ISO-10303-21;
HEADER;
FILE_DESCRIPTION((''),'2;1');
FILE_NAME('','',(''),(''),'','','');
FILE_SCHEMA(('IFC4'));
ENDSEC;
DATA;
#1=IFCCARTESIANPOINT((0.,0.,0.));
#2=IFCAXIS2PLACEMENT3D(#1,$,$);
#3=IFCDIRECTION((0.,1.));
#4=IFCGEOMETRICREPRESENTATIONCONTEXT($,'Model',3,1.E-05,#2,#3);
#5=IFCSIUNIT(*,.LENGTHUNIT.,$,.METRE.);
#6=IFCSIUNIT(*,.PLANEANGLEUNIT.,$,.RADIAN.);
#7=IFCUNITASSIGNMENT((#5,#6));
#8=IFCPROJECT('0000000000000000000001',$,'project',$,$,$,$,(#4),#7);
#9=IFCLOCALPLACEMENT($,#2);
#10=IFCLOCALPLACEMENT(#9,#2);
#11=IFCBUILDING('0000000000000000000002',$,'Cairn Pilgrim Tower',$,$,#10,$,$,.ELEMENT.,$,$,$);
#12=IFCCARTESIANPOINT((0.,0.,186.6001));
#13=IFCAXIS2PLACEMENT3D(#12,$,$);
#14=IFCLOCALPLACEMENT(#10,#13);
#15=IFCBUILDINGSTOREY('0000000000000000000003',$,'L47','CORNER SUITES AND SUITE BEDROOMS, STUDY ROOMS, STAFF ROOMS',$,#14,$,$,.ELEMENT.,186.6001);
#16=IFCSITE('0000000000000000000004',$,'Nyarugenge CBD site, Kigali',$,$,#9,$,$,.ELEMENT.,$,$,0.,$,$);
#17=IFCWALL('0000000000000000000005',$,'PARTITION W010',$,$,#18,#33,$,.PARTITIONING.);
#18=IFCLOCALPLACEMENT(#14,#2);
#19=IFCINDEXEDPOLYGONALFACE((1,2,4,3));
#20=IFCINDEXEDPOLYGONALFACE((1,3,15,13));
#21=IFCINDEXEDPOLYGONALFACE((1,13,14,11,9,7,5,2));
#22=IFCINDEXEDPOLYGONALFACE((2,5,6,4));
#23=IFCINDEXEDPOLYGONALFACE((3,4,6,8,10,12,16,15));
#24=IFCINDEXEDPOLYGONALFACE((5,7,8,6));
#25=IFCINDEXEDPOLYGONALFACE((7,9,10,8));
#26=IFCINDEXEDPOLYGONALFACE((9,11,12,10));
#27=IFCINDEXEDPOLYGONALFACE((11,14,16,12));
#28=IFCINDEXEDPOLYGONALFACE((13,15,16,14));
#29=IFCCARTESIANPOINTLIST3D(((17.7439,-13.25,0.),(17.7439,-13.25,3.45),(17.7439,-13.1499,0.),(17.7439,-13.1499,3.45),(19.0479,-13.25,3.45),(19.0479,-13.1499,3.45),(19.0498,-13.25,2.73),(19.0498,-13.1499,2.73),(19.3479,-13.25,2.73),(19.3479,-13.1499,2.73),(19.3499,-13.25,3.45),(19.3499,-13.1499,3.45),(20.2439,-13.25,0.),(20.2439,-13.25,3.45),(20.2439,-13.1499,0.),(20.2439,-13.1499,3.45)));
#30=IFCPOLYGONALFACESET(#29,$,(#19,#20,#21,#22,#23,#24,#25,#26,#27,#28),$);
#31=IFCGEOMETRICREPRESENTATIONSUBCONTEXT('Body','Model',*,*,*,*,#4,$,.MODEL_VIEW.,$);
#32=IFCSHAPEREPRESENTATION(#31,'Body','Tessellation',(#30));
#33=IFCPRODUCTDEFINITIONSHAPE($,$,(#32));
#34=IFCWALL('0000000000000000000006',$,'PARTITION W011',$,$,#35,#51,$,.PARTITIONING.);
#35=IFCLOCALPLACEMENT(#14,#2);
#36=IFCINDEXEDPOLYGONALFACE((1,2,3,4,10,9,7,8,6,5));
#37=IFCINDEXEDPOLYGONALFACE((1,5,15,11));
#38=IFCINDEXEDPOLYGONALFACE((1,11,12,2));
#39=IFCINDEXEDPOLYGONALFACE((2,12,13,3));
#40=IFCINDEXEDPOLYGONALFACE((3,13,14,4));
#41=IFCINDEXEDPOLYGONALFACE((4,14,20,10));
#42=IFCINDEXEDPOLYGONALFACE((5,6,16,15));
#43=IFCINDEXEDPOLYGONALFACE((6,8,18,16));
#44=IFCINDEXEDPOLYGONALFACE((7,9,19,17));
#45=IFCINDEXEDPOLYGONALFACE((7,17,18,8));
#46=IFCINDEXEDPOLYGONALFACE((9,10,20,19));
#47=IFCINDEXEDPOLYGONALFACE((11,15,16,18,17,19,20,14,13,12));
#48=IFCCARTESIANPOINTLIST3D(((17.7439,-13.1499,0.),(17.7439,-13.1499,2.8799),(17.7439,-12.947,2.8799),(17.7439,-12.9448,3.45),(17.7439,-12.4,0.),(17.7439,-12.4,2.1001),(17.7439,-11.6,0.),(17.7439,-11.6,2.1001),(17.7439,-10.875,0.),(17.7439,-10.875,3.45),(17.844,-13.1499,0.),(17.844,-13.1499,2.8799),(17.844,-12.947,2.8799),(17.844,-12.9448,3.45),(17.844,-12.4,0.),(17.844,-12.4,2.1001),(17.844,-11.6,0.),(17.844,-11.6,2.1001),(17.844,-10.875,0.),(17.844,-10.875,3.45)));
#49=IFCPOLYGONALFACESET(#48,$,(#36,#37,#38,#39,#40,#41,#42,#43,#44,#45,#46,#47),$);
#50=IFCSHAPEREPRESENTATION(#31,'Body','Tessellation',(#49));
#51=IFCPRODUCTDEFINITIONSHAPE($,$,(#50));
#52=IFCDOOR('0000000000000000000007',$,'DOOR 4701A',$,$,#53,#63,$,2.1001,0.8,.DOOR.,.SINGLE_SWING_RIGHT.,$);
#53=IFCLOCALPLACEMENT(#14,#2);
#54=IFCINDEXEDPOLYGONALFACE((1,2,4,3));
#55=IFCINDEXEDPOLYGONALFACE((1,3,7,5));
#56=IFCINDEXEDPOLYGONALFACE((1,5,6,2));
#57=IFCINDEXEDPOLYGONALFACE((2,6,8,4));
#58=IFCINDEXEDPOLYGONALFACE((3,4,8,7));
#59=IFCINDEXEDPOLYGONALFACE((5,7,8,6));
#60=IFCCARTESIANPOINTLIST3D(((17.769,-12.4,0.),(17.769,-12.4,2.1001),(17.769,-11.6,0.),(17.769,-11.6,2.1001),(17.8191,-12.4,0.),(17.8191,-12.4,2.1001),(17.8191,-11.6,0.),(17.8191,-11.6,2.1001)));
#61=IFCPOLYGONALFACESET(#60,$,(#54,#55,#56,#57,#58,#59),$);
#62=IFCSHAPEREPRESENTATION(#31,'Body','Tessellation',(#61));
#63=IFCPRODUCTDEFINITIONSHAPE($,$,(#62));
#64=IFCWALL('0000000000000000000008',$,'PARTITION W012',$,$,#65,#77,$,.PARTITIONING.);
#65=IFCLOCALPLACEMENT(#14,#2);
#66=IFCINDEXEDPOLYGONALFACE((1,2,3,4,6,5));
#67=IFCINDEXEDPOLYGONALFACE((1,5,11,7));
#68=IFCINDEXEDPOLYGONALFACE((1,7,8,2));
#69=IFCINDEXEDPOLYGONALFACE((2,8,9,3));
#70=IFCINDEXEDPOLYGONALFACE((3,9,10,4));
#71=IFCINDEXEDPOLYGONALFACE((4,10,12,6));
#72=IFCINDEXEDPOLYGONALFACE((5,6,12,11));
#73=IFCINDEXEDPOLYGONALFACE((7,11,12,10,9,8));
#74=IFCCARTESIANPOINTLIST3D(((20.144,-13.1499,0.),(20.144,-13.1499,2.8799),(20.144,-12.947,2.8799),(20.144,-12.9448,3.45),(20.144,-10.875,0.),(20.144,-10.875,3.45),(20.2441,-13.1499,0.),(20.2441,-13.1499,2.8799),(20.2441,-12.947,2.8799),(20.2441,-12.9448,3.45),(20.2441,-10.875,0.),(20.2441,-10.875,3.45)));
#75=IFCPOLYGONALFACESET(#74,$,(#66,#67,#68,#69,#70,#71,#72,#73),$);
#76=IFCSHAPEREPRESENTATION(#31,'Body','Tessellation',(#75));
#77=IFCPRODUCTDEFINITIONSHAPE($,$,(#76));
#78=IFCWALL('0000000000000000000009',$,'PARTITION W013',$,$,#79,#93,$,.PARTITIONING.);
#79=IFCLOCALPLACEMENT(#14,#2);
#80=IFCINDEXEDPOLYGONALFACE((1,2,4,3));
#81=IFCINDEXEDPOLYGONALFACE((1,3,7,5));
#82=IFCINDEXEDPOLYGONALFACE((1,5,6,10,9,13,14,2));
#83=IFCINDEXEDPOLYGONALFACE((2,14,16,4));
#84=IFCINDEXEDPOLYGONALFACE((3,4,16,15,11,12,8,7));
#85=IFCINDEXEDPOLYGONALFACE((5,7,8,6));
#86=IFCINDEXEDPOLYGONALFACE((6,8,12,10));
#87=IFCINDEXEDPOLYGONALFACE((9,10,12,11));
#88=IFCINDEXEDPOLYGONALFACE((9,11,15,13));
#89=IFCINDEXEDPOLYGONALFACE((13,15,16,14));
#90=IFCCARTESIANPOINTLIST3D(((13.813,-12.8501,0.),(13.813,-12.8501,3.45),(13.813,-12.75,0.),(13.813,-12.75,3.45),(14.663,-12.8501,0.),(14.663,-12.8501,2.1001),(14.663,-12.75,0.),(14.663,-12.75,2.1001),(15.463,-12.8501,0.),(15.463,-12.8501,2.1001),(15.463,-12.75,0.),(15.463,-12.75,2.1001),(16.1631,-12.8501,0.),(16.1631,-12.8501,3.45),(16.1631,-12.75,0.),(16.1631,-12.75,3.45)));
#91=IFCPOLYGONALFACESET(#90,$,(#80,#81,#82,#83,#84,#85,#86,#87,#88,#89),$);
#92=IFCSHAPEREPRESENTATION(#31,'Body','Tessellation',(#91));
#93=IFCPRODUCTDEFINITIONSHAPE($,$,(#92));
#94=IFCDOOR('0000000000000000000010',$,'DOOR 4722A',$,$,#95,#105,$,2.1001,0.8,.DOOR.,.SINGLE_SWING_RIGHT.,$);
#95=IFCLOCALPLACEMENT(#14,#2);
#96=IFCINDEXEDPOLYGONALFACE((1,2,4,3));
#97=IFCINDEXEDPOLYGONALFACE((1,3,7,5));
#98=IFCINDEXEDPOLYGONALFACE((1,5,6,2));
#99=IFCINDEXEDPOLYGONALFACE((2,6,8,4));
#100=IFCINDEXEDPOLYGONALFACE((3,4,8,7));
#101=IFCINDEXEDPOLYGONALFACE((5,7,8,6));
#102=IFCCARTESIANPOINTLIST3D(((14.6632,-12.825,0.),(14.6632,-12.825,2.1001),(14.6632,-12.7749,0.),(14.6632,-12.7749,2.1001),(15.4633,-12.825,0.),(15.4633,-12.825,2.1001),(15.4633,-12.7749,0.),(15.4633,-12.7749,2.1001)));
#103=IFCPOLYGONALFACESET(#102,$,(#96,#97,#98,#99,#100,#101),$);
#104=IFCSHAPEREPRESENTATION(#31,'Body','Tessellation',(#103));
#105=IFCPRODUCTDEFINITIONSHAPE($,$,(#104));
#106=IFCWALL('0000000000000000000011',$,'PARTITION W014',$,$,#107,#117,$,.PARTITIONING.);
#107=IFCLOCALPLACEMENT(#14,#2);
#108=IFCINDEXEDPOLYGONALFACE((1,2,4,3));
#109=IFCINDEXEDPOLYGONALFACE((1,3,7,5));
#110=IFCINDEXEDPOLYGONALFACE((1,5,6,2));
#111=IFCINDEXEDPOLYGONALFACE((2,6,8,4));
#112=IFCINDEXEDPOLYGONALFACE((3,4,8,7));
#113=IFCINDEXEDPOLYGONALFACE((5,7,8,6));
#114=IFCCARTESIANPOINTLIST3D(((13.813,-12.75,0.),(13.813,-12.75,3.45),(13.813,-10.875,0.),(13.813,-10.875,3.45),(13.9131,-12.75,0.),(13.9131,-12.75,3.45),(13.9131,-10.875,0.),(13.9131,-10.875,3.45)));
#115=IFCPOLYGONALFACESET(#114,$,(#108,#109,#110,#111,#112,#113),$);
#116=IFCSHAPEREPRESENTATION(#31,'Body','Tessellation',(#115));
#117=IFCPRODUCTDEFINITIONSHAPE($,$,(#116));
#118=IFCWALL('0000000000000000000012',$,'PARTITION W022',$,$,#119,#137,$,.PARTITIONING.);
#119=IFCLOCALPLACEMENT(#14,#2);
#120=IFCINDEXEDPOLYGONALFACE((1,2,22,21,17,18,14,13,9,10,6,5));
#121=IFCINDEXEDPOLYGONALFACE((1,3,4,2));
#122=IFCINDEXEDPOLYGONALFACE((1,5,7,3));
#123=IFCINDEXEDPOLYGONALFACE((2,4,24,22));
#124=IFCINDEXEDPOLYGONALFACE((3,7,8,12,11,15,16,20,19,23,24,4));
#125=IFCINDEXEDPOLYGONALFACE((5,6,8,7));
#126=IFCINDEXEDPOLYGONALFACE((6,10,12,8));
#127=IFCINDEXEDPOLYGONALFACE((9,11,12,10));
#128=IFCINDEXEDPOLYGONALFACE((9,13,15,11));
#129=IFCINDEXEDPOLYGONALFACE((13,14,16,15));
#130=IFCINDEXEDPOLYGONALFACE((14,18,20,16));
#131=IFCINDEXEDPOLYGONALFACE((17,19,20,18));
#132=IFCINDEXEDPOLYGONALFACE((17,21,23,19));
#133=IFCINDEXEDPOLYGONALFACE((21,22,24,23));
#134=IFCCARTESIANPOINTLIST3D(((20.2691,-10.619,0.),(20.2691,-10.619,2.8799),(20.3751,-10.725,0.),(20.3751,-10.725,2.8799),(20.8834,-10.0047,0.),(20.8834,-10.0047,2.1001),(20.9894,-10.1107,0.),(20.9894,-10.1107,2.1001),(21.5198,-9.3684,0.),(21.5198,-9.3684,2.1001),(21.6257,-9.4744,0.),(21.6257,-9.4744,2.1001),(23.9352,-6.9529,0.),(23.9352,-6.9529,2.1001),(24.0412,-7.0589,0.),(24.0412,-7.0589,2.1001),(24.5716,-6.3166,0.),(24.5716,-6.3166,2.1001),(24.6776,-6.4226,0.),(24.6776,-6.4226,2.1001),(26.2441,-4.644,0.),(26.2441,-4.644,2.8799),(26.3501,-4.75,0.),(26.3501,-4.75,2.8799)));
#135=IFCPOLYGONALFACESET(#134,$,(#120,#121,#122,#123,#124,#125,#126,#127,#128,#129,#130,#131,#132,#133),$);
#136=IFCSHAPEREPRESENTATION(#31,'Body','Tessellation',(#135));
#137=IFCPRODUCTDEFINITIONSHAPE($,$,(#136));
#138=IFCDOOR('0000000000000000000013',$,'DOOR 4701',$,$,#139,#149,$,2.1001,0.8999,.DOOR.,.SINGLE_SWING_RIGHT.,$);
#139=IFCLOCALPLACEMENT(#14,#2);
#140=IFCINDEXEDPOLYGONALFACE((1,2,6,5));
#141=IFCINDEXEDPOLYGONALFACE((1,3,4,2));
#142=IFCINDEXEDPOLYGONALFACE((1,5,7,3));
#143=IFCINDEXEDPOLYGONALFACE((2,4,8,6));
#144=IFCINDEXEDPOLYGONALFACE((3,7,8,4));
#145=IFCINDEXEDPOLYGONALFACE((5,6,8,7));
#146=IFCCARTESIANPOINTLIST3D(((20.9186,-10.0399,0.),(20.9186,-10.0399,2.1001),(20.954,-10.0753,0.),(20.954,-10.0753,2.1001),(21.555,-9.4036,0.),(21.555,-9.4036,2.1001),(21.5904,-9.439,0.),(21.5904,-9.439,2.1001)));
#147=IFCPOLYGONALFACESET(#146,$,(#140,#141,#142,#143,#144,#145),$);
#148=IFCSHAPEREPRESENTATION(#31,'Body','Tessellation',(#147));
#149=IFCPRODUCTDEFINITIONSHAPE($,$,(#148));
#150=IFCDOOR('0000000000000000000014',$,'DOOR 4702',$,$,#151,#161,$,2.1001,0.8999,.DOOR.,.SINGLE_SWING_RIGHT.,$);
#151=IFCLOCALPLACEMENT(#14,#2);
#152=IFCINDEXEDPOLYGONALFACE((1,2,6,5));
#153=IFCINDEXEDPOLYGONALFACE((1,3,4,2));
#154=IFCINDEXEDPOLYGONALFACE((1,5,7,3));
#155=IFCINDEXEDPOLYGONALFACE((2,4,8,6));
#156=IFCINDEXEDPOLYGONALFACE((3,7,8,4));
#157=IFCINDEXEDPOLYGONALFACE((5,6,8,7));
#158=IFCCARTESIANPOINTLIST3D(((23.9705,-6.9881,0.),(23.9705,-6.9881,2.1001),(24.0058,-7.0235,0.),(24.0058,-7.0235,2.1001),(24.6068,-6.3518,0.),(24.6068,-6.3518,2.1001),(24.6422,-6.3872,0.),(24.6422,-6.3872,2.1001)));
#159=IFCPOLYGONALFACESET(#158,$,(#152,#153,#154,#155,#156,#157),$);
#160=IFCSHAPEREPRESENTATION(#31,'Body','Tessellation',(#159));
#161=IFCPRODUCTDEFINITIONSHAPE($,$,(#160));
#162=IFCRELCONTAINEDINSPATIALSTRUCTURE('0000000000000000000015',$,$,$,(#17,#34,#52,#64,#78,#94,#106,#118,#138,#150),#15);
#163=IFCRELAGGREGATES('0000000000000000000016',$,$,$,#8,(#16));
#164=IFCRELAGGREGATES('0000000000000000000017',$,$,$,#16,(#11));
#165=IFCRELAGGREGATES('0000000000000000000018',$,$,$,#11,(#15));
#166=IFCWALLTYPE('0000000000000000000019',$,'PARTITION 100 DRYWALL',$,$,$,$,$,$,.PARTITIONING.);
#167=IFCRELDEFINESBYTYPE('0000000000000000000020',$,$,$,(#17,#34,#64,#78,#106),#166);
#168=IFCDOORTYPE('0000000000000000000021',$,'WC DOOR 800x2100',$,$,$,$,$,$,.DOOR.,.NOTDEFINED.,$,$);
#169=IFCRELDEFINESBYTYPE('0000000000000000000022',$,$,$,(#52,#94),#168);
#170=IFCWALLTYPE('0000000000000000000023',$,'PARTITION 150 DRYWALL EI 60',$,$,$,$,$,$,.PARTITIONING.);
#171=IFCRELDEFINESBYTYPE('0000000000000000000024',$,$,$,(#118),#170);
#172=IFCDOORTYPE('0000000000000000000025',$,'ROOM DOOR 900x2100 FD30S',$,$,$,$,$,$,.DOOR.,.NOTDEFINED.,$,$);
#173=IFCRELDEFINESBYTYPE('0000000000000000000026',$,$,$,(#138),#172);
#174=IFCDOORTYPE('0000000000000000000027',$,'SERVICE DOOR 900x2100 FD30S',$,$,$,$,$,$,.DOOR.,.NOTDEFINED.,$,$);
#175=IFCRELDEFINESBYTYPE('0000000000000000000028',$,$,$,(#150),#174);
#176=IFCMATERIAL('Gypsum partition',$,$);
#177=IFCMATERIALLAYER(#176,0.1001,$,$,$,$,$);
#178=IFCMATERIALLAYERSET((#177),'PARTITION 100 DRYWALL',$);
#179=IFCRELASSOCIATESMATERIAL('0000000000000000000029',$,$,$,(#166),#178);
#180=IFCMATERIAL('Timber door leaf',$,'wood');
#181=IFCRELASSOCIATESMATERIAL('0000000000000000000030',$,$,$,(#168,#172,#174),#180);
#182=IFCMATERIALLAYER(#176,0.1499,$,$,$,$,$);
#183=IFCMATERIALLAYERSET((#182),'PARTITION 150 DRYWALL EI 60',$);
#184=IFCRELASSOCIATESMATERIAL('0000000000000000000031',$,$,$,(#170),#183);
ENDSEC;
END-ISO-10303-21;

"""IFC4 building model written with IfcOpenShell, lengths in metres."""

from ifc_helpers import new_model, si_unit, direction, frame, frame_2d, origin, place, context, subcontext, project, spatial, polyline, rectangle, outline, extrude, material, layer, layer_set, type_object, element, fill, save


model = new_model("IFC4")

# Units and contexts
model_context = context("Model", 3, precision=1e-05, world=origin(), true_north=direction((0.0, 1.0)))
body_context = subcontext(model_context, "Body", "Model", "MODEL_VIEW")
ifc_project = project(units=[si_unit("LENGTHUNIT", "METRE"), si_unit("PLANEANGLEUNIT", "RADIAN")], contexts=[model_context])

# Site, building, storey
site_placement = place(None, origin())
site = spatial("IfcSite", under=ifc_project, at=site_placement, Name="Nyarugenge CBD site, Kigali", CompositionType="ELEMENT", RefElevation=0.0)
building_placement = place(site_placement, origin())
building = spatial("IfcBuilding", under=site, at=building_placement, Name="Cairn Pilgrim Tower", CompositionType="ELEMENT")
storey_placement = place(building_placement, frame((0.0, 0.0, 186.6001)))
storey = spatial("IfcBuildingStorey", under=building, at=storey_placement, Name="L47", Description="CORNER SUITES AND SUITE BEDROOMS, STUDY ROOMS, STAFF ROOMS", CompositionType="ELEMENT", Elevation=186.6001)

# Wall
ifc_material_1 = material(Name="Gypsum partition")
ifc_layer_1 = layer(ifc_material_1, 0.1001)
ifc_layer_set_1 = layer_set([ifc_layer_1], Name="PARTITION 100 DRYWALL")
wall_type_1 = type_object("IfcWallType", Name="PARTITION 100 DRYWALL", PredefinedType="PARTITIONING", material=ifc_layer_set_1)
wall_1_placement = place(storey_placement, frame((17.7439, -13.2, 0.0), z_axis=(0.0, 0.0, 1.0), x_axis=(1.0, 0.0, 0.0)))
element("IfcWall", 1, at=wall_1_placement, inside=storey, type_object=wall_type_1, Name="PARTITION W010", PredefinedType="PARTITIONING", context=body_context, shape_type="SweptSolid", body=[
    extrude(outline(polyline([(0.0, 0.0), (2.5, 0.0), (2.5, 3.45), (1.606, 3.45), (1.604, 2.73), (1.3059, 2.73), (1.304, 3.45), (0.0, 3.45), (0.0, 0.0)])), frame((0.0, 0.05, 0.0), z_axis=(0.0, -1.0, 0.0), x_axis=(1.0, 0.0, 0.0)), (0.0, 0.0, 1.0), 0.1001),
])

# Wall, opening, door
wall_2_placement = place(storey_placement, frame((17.7939, -13.1499, 0.0), z_axis=(0.0, 0.0, 1.0), x_axis=(0.0, 1.0, 0.0)))
wall_2 = element("IfcWall", 2, at=wall_2_placement, inside=storey, type_object=wall_type_1, Name="PARTITION W011", PredefinedType="PARTITIONING", context=body_context, shape_type="SweptSolid", body=[
    extrude(outline(polyline([(0.0, 0.0), (2.2749, 0.0), (2.2749, 3.45), (0.2051, 3.45), (0.2029, 2.8799), (0.0, 2.8799), (0.0, 0.0)])), frame((0.0, 0.05, 0.0), z_axis=(0.0, -1.0, 0.0), x_axis=(1.0, 0.0, 0.0)), (0.0, 0.0, 1.0), 0.1001),
])
opening_1_placement = place(wall_2_placement, frame((0.75, 0.0, 0.0)))
opening_1 = element("IfcOpeningElement", 3, at=opening_1_placement, cuts=wall_2, PredefinedType="OPENING", context=body_context, shape_type="SweptSolid", body=[
    extrude(rectangle(XDim=0.8, YDim=2.1001, at=frame_2d((0.3999, 1.05))), frame((0.0, 0.0601, 0.0), z_axis=(0.0, -1.0, 0.0), x_axis=(1.0, 0.0, 0.0)), (0.0, 0.0, 1.0), 0.1201),
])
ifc_material_2 = material(Name="Timber door leaf", Category="wood")
door_type_1 = type_object("IfcDoorType", Name="WC DOOR 800x2100", OperationType="NOTDEFINED", PredefinedType="DOOR", material=ifc_material_2)
door_1_placement = place(opening_1_placement, origin())
door_1 = element("IfcDoor", 4, at=door_1_placement, inside=storey, type_object=door_type_1, Name="DOOR 4701A", OperationType="SINGLE_SWING_RIGHT", OverallHeight=2.1001, OverallWidth=0.8, PredefinedType="DOOR", context=body_context, shape_type="SweptSolid", body=[
    extrude(rectangle(XDim=0.8, YDim=2.1001, at=frame_2d((0.3999, 1.05))), frame((0.0, 0.0249, 0.0), z_axis=(0.0, -1.0, 0.0), x_axis=(1.0, 0.0, 0.0)), (0.0, 0.0, 1.0), 0.05),
])
fill(opening_1, door_1)

# Wall
wall_3_placement = place(storey_placement, frame((20.1941, -13.1499, 0.0), z_axis=(0.0, 0.0, 1.0), x_axis=(0.0, 1.0, 0.0)))
element("IfcWall", 5, at=wall_3_placement, inside=storey, type_object=wall_type_1, Name="PARTITION W012", PredefinedType="PARTITIONING", context=body_context, shape_type="SweptSolid", body=[
    extrude(outline(polyline([(0.0, 0.0), (2.2749, 0.0), (2.2749, 3.45), (0.2051, 3.45), (0.2029, 2.8799), (0.0, 2.8799), (0.0, 0.0)])), frame((0.0, 0.05, 0.0), z_axis=(0.0, -1.0, 0.0), x_axis=(1.0, 0.0, 0.0)), (0.0, 0.0, 1.0), 0.1001),
])

# Wall, opening, door
wall_4_placement = place(storey_placement, frame((13.813, -12.8, 0.0), z_axis=(0.0, 0.0, 1.0), x_axis=(1.0, 0.0, 0.0)))
wall_4 = element("IfcWall", 6, at=wall_4_placement, inside=storey, type_object=wall_type_1, Name="PARTITION W013", PredefinedType="PARTITIONING", context=body_context, shape_type="SweptSolid", body=[
    extrude(rectangle(XDim=2.3501, YDim=0.1001, at=frame_2d((1.175, 0.0))), origin(), (0.0, 0.0, 1.0), 3.45),
])
opening_2_placement = place(wall_4_placement, frame((0.8501, 0.0, 0.0)))
opening_2 = element("IfcOpeningElement", 7, at=opening_2_placement, cuts=wall_4, PredefinedType="OPENING", context=body_context, shape_type="SweptSolid", body=[
    extrude(rectangle(XDim=0.8, YDim=2.1001, at=frame_2d((0.3999, 1.05))), frame((0.0, 0.0601, 0.0), z_axis=(0.0, -1.0, 0.0), x_axis=(1.0, 0.0, 0.0)), (0.0, 0.0, 1.0), 0.1201),
])
door_2_placement = place(opening_2_placement, frame((0.8, 0.0, 0.0), z_axis=(0.0, 0.0, 1.0), x_axis=(-1.0, 0.0, 0.0)))
door_2 = element("IfcDoor", 8, at=door_2_placement, inside=storey, type_object=door_type_1, Name="DOOR 4722A", OperationType="SINGLE_SWING_RIGHT", OverallHeight=2.1001, OverallWidth=0.8, PredefinedType="DOOR", context=body_context, shape_type="SweptSolid", body=[
    extrude(rectangle(XDim=0.8, YDim=2.1001, at=frame_2d((0.3999, 1.05))), frame((0.0, 0.0249, 0.0), z_axis=(0.0, -1.0, 0.0), x_axis=(1.0, 0.0, 0.0)), (0.0, 0.0, 1.0), 0.05),
])
fill(opening_2, door_2)

# Wall
wall_5_placement = place(storey_placement, frame((13.863, -12.75, 0.0), z_axis=(0.0, 0.0, 1.0), x_axis=(0.0, 1.0, 0.0)))
element("IfcWall", 9, at=wall_5_placement, inside=storey, type_object=wall_type_1, Name="PARTITION W014", PredefinedType="PARTITIONING", context=body_context, shape_type="SweptSolid", body=[
    extrude(rectangle(XDim=1.875, YDim=0.1001, at=frame_2d((0.9375, 0.0))), origin(), (0.0, 0.0, 1.0), 3.45),
])

# Wall, openings, doors
ifc_layer_2 = layer(ifc_material_1, 0.1499)
ifc_layer_set_2 = layer_set([ifc_layer_2], Name="PARTITION 150 DRYWALL EI 60")
wall_type_2 = type_object("IfcWallType", Name="PARTITION 150 DRYWALL EI 60", PredefinedType="PARTITIONING", material=ifc_layer_set_2)
wall_6_placement = place(storey_placement, frame((20.322, -10.6721, 0.0), z_axis=(0.0, 0.0, 1.0), x_axis=(0.707107, 0.707107, 0.0)))
wall_6 = element("IfcWall", 10, at=wall_6_placement, inside=storey, type_object=wall_type_2, Name="PARTITION W022", PredefinedType="PARTITIONING", context=body_context, shape_type="SweptSolid", body=[
    extrude(rectangle(XDim=8.45, YDim=0.1499, at=frame_2d((4.2251, 0.0))), origin(), (0.0, 0.0, 1.0), 2.8799),
])
opening_3_placement = place(wall_6_placement, frame((0.8689, 0.0, 0.0)))
opening_3 = element("IfcOpeningElement", 11, at=opening_3_placement, cuts=wall_6, PredefinedType="OPENING", context=body_context, shape_type="SweptSolid", body=[
    extrude(rectangle(XDim=0.8999, YDim=2.1001, at=frame_2d((0.45, 1.05))), frame((0.0, 0.085, 0.0), z_axis=(0.0, -1.0, 0.0), x_axis=(1.0, 0.0, 0.0)), (0.0, 0.0, 1.0), 0.1699),
])
opening_4_placement = place(wall_6_placement, frame((5.1848, 0.0, 0.0)))
opening_4 = element("IfcOpeningElement", 12, at=opening_4_placement, cuts=wall_6, PredefinedType="OPENING", context=body_context, shape_type="SweptSolid", body=[
    extrude(rectangle(XDim=0.8999, YDim=2.1001, at=frame_2d((0.45, 1.05))), frame((0.0, 0.085, 0.0), z_axis=(0.0, -1.0, 0.0), x_axis=(1.0, 0.0, 0.0)), (0.0, 0.0, 1.0), 0.1699),
])
door_type_2 = type_object("IfcDoorType", Name="ROOM DOOR 900x2100 FD30S", OperationType="NOTDEFINED", PredefinedType="DOOR", material=ifc_material_2)
door_3_placement = place(opening_3_placement, frame((0.8999, 0.0, 0.0), z_axis=(0.0, 0.0, 1.0), x_axis=(-1.0, 0.0, 0.0)))
door_3 = element("IfcDoor", 13, at=door_3_placement, inside=storey, type_object=door_type_2, Name="DOOR 4701", OperationType="SINGLE_SWING_RIGHT", OverallHeight=2.1001, OverallWidth=0.8999, PredefinedType="DOOR", context=body_context, shape_type="SweptSolid", body=[
    extrude(rectangle(XDim=0.8999, YDim=2.1001, at=frame_2d((0.45, 1.05))), frame((0.0, 0.0249, 0.0), z_axis=(0.0, -1.0, 0.0), x_axis=(1.0, 0.0, 0.0)), (0.0, 0.0, 1.0), 0.05),
])
fill(opening_3, door_3)
door_type_3 = type_object("IfcDoorType", Name="SERVICE DOOR 900x2100 FD30S", OperationType="NOTDEFINED", PredefinedType="DOOR", material=ifc_material_2)
door_4_placement = place(opening_4_placement, frame((0.8999, 0.0, 0.0), z_axis=(0.0, 0.0, 1.0), x_axis=(-1.0, 0.0, 0.0)))
door_4 = element("IfcDoor", 14, at=door_4_placement, inside=storey, type_object=door_type_3, Name="DOOR 4702", OperationType="SINGLE_SWING_RIGHT", OverallHeight=2.1001, OverallWidth=0.8999, PredefinedType="DOOR", context=body_context, shape_type="SweptSolid", body=[
    extrude(rectangle(XDim=0.8999, YDim=2.1001, at=frame_2d((0.45, 1.05))), frame((0.0, 0.0249, 0.0), z_axis=(0.0, -1.0, 0.0), x_axis=(1.0, 0.0, 0.0)), (0.0, 0.0, 1.0), 0.05),
])
fill(opening_4, door_4)

save(model, "model.ifc")
